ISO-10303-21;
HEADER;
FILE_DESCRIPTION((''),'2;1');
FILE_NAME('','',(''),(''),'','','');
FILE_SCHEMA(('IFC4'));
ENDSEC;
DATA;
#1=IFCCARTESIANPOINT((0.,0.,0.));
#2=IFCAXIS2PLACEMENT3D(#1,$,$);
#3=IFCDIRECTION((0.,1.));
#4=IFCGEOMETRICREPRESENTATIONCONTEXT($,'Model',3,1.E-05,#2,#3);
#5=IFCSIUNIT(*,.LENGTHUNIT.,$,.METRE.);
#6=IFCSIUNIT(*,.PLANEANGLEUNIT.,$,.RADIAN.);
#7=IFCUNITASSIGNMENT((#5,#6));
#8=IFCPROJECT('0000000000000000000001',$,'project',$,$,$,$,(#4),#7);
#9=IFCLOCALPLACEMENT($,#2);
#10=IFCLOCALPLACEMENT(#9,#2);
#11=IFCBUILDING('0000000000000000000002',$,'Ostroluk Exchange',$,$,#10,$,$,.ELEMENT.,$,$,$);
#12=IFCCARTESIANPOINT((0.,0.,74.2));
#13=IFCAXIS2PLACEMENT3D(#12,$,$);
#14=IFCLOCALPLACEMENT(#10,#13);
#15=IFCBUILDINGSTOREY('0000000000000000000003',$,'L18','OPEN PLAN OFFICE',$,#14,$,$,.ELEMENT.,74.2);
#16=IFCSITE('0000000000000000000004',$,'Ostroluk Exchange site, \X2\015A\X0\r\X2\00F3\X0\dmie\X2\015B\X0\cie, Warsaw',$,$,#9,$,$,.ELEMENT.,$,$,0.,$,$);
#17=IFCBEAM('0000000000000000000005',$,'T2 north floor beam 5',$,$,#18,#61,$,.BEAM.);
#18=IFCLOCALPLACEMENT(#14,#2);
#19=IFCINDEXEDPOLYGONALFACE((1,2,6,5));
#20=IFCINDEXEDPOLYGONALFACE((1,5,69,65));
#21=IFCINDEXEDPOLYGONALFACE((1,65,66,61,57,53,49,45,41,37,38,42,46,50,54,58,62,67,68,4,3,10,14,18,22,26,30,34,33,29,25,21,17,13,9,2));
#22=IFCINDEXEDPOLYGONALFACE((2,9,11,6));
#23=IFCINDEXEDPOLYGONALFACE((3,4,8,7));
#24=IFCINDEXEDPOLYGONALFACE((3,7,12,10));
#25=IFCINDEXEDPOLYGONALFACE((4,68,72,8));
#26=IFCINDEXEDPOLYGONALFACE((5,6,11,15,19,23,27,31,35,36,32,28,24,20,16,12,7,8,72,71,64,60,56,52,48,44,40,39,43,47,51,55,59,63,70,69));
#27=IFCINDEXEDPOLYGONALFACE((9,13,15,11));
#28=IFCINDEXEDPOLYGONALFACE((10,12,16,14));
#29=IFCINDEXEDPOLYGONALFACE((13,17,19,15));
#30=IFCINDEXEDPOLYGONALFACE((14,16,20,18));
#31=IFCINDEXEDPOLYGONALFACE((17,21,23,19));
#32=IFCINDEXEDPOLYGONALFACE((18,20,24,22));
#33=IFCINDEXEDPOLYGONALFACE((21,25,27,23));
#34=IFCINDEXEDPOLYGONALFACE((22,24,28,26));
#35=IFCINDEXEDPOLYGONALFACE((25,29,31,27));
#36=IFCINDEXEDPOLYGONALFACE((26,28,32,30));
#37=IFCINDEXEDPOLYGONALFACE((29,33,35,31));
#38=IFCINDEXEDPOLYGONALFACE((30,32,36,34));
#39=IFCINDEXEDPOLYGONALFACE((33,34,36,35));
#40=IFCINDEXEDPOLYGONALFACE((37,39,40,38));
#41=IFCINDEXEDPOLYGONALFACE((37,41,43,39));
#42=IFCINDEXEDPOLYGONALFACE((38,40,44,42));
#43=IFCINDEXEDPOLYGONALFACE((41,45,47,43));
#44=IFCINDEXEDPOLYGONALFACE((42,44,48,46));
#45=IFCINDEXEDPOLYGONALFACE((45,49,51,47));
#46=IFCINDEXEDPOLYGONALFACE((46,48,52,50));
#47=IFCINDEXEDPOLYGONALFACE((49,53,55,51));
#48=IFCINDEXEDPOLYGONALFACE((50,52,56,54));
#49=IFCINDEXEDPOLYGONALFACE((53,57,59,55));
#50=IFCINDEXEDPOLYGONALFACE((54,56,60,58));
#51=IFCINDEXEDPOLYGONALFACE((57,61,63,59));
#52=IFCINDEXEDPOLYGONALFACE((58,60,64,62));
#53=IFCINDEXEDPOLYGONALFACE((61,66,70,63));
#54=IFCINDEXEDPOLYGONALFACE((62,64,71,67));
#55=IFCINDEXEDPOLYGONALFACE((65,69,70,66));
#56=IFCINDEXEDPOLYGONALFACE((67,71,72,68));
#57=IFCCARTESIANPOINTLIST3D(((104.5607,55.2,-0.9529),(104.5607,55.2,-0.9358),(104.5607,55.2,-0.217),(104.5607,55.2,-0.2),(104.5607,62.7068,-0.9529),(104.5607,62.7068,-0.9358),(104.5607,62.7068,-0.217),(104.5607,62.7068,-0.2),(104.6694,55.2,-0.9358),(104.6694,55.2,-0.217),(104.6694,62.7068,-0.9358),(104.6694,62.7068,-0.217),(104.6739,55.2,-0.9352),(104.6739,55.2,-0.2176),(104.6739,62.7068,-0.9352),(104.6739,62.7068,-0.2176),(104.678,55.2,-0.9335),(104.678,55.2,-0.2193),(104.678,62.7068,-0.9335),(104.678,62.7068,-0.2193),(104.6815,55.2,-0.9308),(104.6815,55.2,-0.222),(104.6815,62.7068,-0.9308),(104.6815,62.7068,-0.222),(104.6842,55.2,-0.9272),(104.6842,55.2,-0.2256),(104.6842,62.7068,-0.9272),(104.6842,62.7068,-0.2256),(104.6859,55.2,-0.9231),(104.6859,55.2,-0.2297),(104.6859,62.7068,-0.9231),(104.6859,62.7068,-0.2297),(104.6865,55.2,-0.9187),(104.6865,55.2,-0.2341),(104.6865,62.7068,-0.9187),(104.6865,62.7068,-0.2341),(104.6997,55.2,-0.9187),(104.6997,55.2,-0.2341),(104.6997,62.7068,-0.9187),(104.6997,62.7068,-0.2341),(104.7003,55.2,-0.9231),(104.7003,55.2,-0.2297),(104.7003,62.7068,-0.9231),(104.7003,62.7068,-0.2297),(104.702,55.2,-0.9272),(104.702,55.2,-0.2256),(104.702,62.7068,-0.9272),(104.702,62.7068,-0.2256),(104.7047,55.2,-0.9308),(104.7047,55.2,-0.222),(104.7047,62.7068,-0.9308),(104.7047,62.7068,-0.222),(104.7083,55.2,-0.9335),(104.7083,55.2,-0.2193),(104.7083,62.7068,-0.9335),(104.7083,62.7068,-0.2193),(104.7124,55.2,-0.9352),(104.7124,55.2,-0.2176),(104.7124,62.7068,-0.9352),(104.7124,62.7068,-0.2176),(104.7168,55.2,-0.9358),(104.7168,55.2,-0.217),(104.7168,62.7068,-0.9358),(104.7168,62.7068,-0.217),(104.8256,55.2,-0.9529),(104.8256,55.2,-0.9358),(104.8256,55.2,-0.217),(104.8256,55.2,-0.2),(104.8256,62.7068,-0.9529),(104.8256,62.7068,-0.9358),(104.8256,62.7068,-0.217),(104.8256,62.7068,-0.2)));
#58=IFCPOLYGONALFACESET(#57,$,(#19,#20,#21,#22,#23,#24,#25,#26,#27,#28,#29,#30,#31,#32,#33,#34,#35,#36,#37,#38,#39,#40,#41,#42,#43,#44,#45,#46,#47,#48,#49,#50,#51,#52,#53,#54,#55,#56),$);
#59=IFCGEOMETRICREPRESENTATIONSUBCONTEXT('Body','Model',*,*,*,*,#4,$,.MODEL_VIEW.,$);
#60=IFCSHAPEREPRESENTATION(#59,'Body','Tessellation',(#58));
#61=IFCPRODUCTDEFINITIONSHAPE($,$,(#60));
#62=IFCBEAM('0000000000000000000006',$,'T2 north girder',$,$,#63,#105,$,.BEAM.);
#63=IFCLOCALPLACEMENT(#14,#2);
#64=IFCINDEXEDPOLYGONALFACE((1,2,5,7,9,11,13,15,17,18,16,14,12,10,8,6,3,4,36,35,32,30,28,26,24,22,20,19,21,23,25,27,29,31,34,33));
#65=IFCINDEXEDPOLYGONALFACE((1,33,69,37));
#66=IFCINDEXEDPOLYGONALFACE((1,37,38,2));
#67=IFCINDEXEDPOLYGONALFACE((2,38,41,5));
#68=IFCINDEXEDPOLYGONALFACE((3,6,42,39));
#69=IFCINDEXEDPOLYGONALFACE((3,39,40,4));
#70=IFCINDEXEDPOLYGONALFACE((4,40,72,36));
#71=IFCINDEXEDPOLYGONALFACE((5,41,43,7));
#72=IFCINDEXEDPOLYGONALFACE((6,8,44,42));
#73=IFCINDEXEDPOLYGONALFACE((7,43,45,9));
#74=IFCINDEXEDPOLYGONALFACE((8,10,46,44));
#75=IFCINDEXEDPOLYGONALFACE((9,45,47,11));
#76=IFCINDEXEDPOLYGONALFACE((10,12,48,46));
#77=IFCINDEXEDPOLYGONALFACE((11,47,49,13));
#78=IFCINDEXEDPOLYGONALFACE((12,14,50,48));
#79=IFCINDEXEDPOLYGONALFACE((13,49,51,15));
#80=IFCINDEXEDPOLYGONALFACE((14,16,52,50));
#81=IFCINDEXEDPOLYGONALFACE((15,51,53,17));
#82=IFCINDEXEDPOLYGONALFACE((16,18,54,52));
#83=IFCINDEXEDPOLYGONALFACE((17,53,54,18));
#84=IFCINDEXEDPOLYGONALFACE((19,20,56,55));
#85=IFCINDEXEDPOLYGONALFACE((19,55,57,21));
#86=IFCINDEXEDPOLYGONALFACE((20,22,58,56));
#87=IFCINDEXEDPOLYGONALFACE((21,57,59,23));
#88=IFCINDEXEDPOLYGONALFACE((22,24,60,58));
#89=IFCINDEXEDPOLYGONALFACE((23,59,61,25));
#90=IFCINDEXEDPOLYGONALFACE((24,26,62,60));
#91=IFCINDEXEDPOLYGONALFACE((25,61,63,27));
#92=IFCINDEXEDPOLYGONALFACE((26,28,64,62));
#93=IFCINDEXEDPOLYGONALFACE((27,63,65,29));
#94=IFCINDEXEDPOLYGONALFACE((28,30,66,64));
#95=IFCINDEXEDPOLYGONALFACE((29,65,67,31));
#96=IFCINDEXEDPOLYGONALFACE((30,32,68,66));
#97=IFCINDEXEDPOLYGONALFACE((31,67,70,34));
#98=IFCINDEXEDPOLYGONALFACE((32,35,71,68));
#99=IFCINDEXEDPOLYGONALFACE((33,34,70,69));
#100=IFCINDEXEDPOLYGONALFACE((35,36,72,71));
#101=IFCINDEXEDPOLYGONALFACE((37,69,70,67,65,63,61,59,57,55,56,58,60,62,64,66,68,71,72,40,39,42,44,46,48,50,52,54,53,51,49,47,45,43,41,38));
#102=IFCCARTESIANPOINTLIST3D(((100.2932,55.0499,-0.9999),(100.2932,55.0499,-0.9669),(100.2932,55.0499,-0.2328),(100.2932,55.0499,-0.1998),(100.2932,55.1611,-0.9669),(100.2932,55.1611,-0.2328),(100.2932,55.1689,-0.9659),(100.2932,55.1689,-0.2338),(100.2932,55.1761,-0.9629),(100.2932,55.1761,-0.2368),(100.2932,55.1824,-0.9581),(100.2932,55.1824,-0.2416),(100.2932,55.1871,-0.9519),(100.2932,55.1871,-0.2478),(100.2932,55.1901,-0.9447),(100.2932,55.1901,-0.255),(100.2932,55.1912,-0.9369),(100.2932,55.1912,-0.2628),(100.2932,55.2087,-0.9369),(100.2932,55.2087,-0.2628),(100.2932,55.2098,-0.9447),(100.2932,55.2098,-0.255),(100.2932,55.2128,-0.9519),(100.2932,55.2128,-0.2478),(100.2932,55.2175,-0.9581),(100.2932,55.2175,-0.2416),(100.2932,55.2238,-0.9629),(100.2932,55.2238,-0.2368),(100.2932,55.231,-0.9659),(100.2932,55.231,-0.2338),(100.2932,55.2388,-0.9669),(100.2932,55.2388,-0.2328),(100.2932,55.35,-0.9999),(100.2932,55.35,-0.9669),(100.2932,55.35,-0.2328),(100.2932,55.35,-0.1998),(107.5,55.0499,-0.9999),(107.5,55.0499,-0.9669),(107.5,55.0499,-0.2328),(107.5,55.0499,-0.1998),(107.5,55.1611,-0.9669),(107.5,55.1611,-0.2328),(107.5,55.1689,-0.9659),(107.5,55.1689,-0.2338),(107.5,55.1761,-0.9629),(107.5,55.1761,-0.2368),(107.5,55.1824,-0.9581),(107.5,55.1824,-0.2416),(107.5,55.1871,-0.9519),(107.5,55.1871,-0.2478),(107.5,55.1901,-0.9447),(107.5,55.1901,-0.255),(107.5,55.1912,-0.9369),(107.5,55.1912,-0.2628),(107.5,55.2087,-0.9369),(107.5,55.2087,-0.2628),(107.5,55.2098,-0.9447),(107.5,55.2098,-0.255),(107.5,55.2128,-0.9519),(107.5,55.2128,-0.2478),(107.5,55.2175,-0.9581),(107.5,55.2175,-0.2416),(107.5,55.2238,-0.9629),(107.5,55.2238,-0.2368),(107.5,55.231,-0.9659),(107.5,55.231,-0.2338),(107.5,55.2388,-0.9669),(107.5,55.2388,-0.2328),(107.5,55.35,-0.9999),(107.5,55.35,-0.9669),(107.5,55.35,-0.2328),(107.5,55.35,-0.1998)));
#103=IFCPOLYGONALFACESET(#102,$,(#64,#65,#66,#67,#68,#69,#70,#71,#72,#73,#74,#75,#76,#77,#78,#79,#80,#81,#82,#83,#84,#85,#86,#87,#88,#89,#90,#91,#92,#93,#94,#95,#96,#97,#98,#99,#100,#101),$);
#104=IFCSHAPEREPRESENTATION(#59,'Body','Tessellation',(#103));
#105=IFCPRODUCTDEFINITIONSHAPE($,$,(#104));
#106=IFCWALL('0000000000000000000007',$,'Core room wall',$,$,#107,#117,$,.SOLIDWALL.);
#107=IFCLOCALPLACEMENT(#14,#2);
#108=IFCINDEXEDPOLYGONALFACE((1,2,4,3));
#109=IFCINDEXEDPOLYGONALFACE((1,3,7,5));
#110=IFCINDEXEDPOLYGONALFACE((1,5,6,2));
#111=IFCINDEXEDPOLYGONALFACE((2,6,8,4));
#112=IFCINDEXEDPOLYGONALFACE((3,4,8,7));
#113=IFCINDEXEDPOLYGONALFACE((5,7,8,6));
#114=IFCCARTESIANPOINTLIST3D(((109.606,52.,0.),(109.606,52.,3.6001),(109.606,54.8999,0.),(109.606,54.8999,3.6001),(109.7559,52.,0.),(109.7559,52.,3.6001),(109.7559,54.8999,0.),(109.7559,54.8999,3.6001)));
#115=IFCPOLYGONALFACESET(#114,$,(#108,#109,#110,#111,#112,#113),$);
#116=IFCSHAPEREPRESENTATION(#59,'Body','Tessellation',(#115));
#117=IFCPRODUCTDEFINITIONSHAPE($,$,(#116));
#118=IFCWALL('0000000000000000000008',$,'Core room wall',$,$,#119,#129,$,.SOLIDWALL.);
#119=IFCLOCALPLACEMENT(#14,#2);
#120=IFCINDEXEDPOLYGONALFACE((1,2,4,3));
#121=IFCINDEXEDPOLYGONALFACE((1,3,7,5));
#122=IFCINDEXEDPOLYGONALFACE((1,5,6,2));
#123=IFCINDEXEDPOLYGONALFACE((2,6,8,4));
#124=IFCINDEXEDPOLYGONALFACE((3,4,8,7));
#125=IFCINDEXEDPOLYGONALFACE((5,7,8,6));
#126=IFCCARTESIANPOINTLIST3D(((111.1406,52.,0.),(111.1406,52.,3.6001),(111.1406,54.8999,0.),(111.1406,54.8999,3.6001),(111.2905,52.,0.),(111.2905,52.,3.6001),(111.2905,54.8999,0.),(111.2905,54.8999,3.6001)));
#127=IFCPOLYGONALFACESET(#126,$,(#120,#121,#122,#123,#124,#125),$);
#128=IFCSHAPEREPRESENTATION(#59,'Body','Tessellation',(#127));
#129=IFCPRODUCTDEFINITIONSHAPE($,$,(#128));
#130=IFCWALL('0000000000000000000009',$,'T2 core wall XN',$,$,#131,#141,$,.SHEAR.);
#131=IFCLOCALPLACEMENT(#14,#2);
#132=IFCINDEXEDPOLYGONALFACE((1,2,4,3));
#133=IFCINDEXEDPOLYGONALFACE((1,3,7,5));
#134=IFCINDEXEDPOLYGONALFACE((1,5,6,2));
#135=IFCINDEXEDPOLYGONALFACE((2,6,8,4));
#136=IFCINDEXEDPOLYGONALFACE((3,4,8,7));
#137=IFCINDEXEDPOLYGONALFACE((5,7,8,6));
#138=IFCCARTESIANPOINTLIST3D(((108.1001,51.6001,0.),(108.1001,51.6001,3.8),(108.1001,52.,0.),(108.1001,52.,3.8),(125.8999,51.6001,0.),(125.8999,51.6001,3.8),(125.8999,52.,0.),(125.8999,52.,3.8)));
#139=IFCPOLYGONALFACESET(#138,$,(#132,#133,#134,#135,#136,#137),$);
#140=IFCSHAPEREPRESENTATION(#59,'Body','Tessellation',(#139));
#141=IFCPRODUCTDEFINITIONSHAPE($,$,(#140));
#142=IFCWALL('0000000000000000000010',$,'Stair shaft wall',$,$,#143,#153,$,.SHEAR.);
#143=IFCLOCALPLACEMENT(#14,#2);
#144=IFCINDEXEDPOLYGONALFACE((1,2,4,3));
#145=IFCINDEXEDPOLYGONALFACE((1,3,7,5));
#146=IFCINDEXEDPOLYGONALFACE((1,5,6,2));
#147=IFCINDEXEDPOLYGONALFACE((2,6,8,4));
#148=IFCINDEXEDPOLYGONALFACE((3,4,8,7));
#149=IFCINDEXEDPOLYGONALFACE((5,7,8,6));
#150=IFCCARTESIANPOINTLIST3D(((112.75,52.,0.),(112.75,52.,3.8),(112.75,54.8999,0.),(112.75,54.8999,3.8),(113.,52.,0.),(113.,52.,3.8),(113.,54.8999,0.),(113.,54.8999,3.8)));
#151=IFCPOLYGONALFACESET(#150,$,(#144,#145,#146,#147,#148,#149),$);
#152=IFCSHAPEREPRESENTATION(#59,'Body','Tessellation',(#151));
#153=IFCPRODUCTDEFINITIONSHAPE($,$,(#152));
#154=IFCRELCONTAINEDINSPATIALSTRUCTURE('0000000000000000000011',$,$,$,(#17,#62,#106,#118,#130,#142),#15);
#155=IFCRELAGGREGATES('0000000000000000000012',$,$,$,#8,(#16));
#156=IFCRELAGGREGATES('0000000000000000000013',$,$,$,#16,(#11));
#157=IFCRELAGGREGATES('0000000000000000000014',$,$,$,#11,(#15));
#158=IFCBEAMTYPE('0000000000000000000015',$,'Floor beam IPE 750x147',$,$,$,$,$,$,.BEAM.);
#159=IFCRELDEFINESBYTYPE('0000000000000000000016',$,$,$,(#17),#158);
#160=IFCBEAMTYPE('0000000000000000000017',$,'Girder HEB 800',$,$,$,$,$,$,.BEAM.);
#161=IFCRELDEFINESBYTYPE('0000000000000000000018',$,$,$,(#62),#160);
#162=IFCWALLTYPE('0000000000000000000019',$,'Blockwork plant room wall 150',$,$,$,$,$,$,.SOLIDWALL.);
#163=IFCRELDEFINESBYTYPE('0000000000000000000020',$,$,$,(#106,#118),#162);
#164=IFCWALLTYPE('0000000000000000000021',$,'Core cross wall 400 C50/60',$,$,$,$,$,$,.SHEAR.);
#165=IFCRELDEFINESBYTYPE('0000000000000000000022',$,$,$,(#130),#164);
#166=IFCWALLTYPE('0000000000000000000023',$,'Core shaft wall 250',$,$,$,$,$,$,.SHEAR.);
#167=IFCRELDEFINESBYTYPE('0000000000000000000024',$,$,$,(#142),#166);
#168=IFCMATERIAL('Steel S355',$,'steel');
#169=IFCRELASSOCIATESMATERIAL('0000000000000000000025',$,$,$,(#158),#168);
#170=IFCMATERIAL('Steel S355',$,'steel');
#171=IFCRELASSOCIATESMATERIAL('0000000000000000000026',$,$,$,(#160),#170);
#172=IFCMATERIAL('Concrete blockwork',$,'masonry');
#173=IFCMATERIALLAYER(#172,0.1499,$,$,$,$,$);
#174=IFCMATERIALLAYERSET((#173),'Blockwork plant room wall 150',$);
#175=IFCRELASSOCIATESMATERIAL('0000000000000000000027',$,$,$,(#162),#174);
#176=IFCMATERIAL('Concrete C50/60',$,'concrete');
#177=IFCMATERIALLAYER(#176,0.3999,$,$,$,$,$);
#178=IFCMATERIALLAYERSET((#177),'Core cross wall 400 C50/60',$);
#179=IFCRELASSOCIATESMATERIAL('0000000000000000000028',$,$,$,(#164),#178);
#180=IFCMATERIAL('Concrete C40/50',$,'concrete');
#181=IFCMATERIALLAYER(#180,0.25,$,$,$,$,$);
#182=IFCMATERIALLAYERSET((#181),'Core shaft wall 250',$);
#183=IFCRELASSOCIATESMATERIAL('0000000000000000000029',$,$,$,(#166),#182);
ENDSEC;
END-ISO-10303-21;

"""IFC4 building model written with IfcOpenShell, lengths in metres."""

from ifc_helpers import new_model, si_unit, direction, frame, frame_2d, origin, origin_2d, place, context, subcontext, project, spatial, rectangle, i_section, extrude, material, layer, layer_set, material_profile, profile_set, type_object, element, save


model = new_model("IFC4")

# Units and contexts
model_context = context("Model", 3, precision=1e-05, world=origin(), true_north=direction((0.0, 1.0)))
body_context = subcontext(model_context, "Body", "Model", "MODEL_VIEW")
ifc_project = project(units=[si_unit("LENGTHUNIT", "METRE"), si_unit("PLANEANGLEUNIT", "RADIAN")], contexts=[model_context])

# Site, building, storey
site_placement = place(None, origin())
site = spatial("IfcSite", under=ifc_project, at=site_placement, Name="Ostroluk Exchange site, Śródmieście, Warsaw", CompositionType="ELEMENT", RefElevation=0.0)
building_placement = place(site_placement, origin())
building = spatial("IfcBuilding", under=site, at=building_placement, Name="Ostroluk Exchange", CompositionType="ELEMENT")
storey_placement = place(building_placement, frame((0.0, 0.0, 74.2)))
storey = spatial("IfcBuildingStorey", under=building, at=storey_placement, Name="L18", Description="OPEN PLAN OFFICE", CompositionType="ELEMENT", Elevation=74.2)

# Beams
ifc_material_1 = material(Name="Steel S355", Category="steel")
ifc_material_profile_1 = material_profile(ifc_material_1, i_section(OverallWidth=0.2649, OverallDepth=0.7529, WebThickness=0.0132, FlangeThickness=0.0171, FilletRadius=0.0171, at=origin_2d()), Name="IPE 750x147")
ifc_profile_set_1 = profile_set([ifc_material_profile_1], Name="Steel S355")
beam_type_1 = type_object("IfcBeamType", Name="Floor beam IPE 750x147", PredefinedType="BEAM", material=ifc_profile_set_1)
beam_1_placement = place(storey_placement, frame((104.6931, 55.2, -0.5764), z_axis=(0.0, 1.0, 0.0), x_axis=(-1.0, 0.0, 0.0)))
element("IfcBeam", 1, at=beam_1_placement, inside=storey, type_object=beam_type_1, Name="T2 north floor beam 5", PredefinedType="BEAM", context=body_context, shape_type="SweptSolid", body=[
    extrude(i_section(OverallWidth=0.2649, OverallDepth=0.7529, WebThickness=0.0132, FlangeThickness=0.0171, FilletRadius=0.0171, at=origin_2d()), origin(), (0.0, 0.0, 1.0), 7.5068),
])
ifc_material_2 = material(Name="Steel S355", Category="steel")
ifc_material_profile_2 = material_profile(ifc_material_2, i_section(OverallWidth=0.3, OverallDepth=0.8, WebThickness=0.0176, FlangeThickness=0.033, FilletRadius=0.03, at=origin_2d()), Name="HEB 800")
ifc_profile_set_2 = profile_set([ifc_material_profile_2], Name="Steel S355")
beam_type_2 = type_object("IfcBeamType", Name="Girder HEB 800", PredefinedType="BEAM", material=ifc_profile_set_2)
beam_2_placement = place(storey_placement, frame((107.5, 55.2, -0.5999), z_axis=(-1.0, 0.0, 0.0), x_axis=(0.0, -1.0, 0.0)))
element("IfcBeam", 2, at=beam_2_placement, inside=storey, type_object=beam_type_2, Name="T2 north girder", PredefinedType="BEAM", context=body_context, shape_type="SweptSolid", body=[
    extrude(i_section(OverallWidth=0.3, OverallDepth=0.8, WebThickness=0.0176, FlangeThickness=0.033, FilletRadius=0.03, at=origin_2d()), origin(), (0.0, 0.0, 1.0), 7.2068),
])

# Walls
ifc_material_3 = material(Name="Concrete blockwork", Category="masonry")
ifc_layer_1 = layer(ifc_material_3, 0.1499)
ifc_layer_set_1 = layer_set([ifc_layer_1], Name="Blockwork plant room wall 150")
wall_type_1 = type_object("IfcWallType", Name="Blockwork plant room wall 150", PredefinedType="SOLIDWALL", material=ifc_layer_set_1)
for number, where, z_axis, x_axis, name in (
    (3, (109.6809, 52.0, 0.0), (0.0, 0.0, 1.0), (0.0, 1.0, 0.0), "Core room wall"),
    (4, (111.2156, 52.0, 0.0), (0.0, 0.0, 1.0), (0.0, 1.0, 0.0), "Core room wall"),
):
    element("IfcWall", number, at=place(storey_placement, frame(where, z_axis=z_axis, x_axis=x_axis)), inside=storey, type_object=wall_type_1, Name=name, PredefinedType="SOLIDWALL", context=body_context, shape_type="SweptSolid", body=[
        extrude(rectangle(XDim=2.8999, YDim=0.1499, at=frame_2d((1.45, 0.0))), origin(), (0.0, 0.0, 1.0), 3.6001),
    ])
ifc_material_4 = material(Name="Concrete C50/60", Category="concrete")
ifc_layer_2 = layer(ifc_material_4, 0.3999)
ifc_layer_set_2 = layer_set([ifc_layer_2], Name="Core cross wall 400 C50/60")
wall_type_2 = type_object("IfcWallType", Name="Core cross wall 400 C50/60", PredefinedType="SHEAR", material=ifc_layer_set_2)
wall_1_placement = place(storey_placement, frame((108.1001, 51.8, 0.0), z_axis=(0.0, 0.0, 1.0), x_axis=(1.0, 0.0, 0.0)))
element("IfcWall", 5, at=wall_1_placement, inside=storey, type_object=wall_type_2, Name="T2 core wall XN", PredefinedType="SHEAR", context=body_context, shape_type="SweptSolid", body=[
    extrude(rectangle(XDim=17.7998, YDim=0.3999, at=frame_2d((8.8999, 0.0))), origin(), (0.0, 0.0, 1.0), 3.8),
])
ifc_material_5 = material(Name="Concrete C40/50", Category="concrete")
ifc_layer_3 = layer(ifc_material_5, 0.25)
ifc_layer_set_3 = layer_set([ifc_layer_3], Name="Core shaft wall 250")
wall_type_3 = type_object("IfcWallType", Name="Core shaft wall 250", PredefinedType="SHEAR", material=ifc_layer_set_3)
wall_2_placement = place(storey_placement, frame((112.875, 52.0, 0.0), z_axis=(0.0, 0.0, 1.0), x_axis=(0.0, 1.0, 0.0)))
element("IfcWall", 6, at=wall_2_placement, inside=storey, type_object=wall_type_3, Name="Stair shaft wall", PredefinedType="SHEAR", context=body_context, shape_type="SweptSolid", body=[
    extrude(rectangle(XDim=2.8999, YDim=0.25, at=frame_2d((1.45, 0.0))), origin(), (0.0, 0.0, 1.0), 3.8),
])

save(model, "model.ifc")
